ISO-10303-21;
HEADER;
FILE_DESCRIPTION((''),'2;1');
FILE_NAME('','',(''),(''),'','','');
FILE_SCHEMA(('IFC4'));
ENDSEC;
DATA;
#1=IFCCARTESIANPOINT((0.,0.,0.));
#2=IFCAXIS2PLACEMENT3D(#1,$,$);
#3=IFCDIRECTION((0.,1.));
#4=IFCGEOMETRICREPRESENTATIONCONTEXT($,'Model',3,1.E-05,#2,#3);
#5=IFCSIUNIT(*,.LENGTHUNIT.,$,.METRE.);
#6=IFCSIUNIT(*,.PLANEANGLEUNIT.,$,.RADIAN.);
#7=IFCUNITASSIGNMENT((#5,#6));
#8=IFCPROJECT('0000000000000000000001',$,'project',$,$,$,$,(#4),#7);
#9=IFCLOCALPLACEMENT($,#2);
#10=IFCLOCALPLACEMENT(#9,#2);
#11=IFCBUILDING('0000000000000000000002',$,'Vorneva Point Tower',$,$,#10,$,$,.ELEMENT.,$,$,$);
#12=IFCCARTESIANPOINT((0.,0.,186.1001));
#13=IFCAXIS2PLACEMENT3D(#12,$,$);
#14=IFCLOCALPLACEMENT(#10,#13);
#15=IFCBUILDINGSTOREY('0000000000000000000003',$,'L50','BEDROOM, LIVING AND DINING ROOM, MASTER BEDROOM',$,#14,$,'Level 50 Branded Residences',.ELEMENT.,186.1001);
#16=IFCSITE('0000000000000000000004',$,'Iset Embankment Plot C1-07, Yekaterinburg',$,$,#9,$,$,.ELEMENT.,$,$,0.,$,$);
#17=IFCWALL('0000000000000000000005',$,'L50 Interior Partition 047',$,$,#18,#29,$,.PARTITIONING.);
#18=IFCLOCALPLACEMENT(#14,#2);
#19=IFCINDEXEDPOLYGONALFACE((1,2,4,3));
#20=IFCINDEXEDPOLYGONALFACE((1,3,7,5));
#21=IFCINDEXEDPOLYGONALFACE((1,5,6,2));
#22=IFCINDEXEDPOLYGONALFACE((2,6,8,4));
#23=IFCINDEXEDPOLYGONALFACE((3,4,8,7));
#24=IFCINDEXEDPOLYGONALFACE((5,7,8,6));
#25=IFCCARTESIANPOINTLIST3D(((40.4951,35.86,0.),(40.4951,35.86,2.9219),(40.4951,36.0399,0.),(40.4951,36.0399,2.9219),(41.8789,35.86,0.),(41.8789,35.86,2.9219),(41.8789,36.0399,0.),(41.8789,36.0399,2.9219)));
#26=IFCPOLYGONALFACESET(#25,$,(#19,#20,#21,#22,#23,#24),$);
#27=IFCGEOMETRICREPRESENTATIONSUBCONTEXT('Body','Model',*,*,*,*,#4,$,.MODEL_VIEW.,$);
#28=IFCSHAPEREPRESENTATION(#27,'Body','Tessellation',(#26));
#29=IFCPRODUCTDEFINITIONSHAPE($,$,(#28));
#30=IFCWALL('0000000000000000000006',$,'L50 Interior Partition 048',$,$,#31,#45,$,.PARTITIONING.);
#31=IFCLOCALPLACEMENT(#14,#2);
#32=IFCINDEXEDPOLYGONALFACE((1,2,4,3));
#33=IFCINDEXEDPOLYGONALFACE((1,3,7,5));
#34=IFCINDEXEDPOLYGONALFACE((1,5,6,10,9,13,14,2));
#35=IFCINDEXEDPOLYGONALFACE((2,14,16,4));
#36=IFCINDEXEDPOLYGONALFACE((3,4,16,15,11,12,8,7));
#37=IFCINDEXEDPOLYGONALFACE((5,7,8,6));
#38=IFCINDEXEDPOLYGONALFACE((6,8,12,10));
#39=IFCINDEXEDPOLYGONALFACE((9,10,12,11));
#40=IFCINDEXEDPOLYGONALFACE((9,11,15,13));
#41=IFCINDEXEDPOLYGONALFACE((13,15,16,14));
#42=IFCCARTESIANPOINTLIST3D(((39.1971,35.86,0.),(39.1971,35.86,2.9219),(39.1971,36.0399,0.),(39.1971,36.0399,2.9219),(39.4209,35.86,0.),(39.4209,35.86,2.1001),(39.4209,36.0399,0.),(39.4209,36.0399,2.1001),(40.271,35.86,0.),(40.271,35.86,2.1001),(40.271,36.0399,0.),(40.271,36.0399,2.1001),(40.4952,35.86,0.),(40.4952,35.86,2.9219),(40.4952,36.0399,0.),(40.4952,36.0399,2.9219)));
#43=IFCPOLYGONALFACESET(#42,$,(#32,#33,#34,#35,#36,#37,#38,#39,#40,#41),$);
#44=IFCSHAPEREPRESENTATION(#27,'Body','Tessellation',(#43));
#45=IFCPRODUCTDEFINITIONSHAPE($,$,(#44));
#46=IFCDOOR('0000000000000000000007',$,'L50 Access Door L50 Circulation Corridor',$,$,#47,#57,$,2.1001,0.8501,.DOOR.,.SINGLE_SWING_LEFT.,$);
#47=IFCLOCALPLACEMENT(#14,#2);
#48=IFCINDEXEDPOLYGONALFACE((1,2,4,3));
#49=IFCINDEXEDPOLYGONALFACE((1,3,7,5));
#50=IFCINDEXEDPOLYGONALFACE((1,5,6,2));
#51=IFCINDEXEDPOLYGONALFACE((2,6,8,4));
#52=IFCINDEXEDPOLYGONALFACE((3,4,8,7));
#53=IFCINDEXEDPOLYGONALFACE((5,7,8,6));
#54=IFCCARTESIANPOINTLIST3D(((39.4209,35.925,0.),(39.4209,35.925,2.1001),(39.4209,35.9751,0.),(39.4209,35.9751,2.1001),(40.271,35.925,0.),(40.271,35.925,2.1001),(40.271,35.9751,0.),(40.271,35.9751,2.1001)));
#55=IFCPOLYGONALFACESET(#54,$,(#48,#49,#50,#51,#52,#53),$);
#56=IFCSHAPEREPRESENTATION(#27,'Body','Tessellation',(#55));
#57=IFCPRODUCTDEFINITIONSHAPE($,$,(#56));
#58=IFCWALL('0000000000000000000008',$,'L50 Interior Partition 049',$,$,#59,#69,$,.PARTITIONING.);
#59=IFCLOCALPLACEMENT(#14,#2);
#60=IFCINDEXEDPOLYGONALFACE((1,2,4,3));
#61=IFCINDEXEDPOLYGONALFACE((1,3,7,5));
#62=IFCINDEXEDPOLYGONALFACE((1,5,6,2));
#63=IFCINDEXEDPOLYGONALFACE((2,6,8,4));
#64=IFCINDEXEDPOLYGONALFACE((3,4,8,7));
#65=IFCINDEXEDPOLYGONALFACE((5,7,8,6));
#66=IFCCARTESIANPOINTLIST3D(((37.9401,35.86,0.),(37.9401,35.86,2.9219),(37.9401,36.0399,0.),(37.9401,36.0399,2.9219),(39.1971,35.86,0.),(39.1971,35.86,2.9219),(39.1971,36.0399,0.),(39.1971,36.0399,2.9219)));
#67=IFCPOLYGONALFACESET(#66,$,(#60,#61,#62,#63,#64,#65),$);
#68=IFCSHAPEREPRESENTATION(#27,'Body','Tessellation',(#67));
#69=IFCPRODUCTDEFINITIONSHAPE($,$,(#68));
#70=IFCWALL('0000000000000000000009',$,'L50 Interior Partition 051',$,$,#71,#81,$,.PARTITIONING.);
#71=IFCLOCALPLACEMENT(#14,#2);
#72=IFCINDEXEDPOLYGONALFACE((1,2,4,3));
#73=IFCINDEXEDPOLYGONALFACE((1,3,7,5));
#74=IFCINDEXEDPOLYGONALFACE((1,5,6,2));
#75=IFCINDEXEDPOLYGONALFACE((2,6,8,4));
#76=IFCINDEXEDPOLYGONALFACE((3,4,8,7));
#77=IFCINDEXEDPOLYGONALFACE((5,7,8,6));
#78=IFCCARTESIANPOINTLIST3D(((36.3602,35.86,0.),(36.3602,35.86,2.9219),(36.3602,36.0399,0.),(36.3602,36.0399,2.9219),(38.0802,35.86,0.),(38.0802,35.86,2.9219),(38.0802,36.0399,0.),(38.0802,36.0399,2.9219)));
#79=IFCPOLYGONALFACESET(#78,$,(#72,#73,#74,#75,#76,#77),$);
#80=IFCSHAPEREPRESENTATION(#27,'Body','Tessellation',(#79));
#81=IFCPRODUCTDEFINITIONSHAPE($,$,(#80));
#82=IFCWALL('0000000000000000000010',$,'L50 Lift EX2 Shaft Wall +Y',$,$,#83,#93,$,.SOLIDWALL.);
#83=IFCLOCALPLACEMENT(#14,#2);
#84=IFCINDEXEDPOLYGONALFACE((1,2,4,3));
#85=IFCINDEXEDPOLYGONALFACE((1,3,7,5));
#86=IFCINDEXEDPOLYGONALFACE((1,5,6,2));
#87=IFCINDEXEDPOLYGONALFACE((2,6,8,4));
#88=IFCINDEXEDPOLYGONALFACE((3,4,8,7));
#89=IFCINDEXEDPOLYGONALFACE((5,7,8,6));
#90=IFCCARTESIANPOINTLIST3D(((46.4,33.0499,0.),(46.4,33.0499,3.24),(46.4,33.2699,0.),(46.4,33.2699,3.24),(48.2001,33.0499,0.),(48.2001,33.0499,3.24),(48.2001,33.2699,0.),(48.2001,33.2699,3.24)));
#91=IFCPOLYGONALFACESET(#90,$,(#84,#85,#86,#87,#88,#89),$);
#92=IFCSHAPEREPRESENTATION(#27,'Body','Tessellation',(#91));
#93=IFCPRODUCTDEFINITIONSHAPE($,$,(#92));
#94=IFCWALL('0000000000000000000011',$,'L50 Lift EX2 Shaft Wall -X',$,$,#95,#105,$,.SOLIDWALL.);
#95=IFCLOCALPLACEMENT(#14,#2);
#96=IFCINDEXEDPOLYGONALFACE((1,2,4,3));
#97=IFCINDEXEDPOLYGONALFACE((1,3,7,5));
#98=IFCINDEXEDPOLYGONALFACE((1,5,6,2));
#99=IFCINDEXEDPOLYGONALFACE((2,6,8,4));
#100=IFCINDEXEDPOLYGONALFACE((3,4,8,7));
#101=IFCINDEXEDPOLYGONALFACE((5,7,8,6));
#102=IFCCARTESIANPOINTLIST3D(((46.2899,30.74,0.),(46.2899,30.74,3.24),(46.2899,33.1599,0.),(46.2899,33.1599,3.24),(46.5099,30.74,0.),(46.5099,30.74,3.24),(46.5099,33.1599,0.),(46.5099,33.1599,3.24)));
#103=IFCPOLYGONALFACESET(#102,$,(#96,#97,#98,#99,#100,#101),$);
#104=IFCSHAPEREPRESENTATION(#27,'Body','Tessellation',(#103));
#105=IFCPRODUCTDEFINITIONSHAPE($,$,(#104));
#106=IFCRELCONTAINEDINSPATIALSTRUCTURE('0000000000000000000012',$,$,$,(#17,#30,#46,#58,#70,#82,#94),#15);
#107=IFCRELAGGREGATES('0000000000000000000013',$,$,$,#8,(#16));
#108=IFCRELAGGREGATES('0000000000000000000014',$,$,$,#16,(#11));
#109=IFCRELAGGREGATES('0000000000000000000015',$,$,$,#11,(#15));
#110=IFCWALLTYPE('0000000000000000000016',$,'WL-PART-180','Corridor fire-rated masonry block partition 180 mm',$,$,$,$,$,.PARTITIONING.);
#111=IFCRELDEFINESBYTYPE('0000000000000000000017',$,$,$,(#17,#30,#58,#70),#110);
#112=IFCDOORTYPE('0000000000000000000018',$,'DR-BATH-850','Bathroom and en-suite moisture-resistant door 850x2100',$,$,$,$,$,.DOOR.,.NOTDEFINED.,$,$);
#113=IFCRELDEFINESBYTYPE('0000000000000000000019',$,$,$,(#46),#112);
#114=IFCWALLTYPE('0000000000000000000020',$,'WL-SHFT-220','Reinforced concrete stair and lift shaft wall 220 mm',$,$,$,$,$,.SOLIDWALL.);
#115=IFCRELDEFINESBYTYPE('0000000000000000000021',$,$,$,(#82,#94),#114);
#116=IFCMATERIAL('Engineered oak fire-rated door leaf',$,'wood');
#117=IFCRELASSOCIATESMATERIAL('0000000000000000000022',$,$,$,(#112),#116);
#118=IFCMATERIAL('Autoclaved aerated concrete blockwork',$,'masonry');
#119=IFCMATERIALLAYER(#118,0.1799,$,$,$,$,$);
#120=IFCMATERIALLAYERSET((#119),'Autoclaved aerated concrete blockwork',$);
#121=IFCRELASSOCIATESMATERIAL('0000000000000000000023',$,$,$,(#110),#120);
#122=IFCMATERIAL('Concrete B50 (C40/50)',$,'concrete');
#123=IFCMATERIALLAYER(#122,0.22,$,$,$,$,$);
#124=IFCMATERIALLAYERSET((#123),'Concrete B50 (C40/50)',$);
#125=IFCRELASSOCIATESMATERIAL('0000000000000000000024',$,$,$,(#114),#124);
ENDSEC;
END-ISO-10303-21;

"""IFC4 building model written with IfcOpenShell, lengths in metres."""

from ifc_helpers import new_model, si_unit, direction, frame, frame_2d, origin, place, context, subcontext, project, spatial, rectangle, extrude, material, layer, layer_set, type_object, element, fill, save


model = new_model("IFC4")

# Units and contexts
model_context = context("Model", 3, precision=1e-05, world=origin(), true_north=direction((0.0, 1.0)))
body_context = subcontext(model_context, "Body", "Model", "MODEL_VIEW")
ifc_project = project(units=[si_unit("LENGTHUNIT", "METRE"), si_unit("PLANEANGLEUNIT", "RADIAN")], contexts=[model_context])

# Site, building, storey
site_placement = place(None, origin())
site = spatial("IfcSite", under=ifc_project, at=site_placement, Name="Iset Embankment Plot C1-07, Yekaterinburg", CompositionType="ELEMENT", RefElevation=0.0)
building_placement = place(site_placement, origin())
building = spatial("IfcBuilding", under=site, at=building_placement, Name="Vorneva Point Tower", CompositionType="ELEMENT")
storey_placement = place(building_placement, frame((0.0, 0.0, 186.1001)))
storey = spatial("IfcBuildingStorey", under=building, at=storey_placement, Name="L50", Description="BEDROOM, LIVING AND DINING ROOM, MASTER BEDROOM", LongName="Level 50 Branded Residences", CompositionType="ELEMENT", Elevation=186.1001)

# Shared definitions
ifc_material_1 = material(Name="Engineered oak fire-rated door leaf", Category="wood")
door_type_1 = type_object("IfcDoorType", Name="DR-BATH-850", Description="Bathroom and en-suite moisture-resistant door 850x2100", OperationType="NOTDEFINED", PredefinedType="DOOR", material=ifc_material_1)

# Shared definitions
ifc_material_2 = material(Name="Autoclaved aerated concrete blockwork", Category="masonry")
ifc_layer_1 = layer(ifc_material_2, 0.1799)
ifc_layer_set_1 = layer_set([ifc_layer_1], Name="Autoclaved aerated concrete blockwork")
wall_type_1 = type_object("IfcWallType", Name="WL-PART-180", Description="Corridor fire-rated masonry block partition 180 mm", PredefinedType="PARTITIONING", material=ifc_layer_set_1)

# Wall
wall_1_placement = place(storey_placement, frame((41.8789, 35.95, 0.0), z_axis=(0.0, 0.0, 1.0), x_axis=(-1.0, 0.0, 0.0)))
element("IfcWall", 1, at=wall_1_placement, inside=storey, type_object=wall_type_1, Name="L50 Interior Partition 047", PredefinedType="PARTITIONING", context=body_context, shape_type="SweptSolid", body=[
    extrude(rectangle(XDim=1.3838, YDim=0.1799, at=frame_2d((0.6919, 0.0))), origin(), (0.0, 0.0, 1.0), 2.9219),
])

# Wall, opening, door
wall_2_placement = place(storey_placement, frame((40.4951, 35.95, 0.0), z_axis=(0.0, 0.0, 1.0), x_axis=(-1.0, 0.0, 0.0)))
wall_2 = element("IfcWall", 2, at=wall_2_placement, inside=storey, type_object=wall_type_1, Name="L50 Interior Partition 048", PredefinedType="PARTITIONING", context=body_context, shape_type="SweptSolid", body=[
    extrude(rectangle(XDim=1.2981, YDim=0.1799, at=frame_2d((0.6489, 0.0))), origin(), (0.0, 0.0, 1.0), 2.9219),
])
opening_1_placement = place(wall_2_placement, frame((0.2241, 0.0, 0.0)))
opening_1 = element("IfcOpeningElement", 3, at=opening_1_placement, cuts=wall_2, PredefinedType="OPENING", context=body_context, shape_type="SweptSolid", body=[
    extrude(rectangle(XDim=0.8501, YDim=2.1001, at=frame_2d((0.425, 1.05))), frame((0.0, 0.105, 0.0), z_axis=(0.0, -1.0, 0.0), x_axis=(1.0, 0.0, 0.0)), (0.0, 0.0, 1.0), 0.2097),
])
door_1_placement = place(opening_1_placement, origin())
door_1 = element("IfcDoor", 4, at=door_1_placement, inside=storey, type_object=door_type_1, Name="L50 Access Door L50 Circulation Corridor", OperationType="SINGLE_SWING_LEFT", OverallHeight=2.1001, OverallWidth=0.8501, PredefinedType="DOOR", context=body_context, shape_type="SweptSolid", body=[
    extrude(rectangle(XDim=0.8501, YDim=2.1001, at=frame_2d((0.425, 1.05))), frame((0.0, 0.0249, 0.0), z_axis=(0.0, -1.0, 0.0), x_axis=(1.0, 0.0, 0.0)), (0.0, 0.0, 1.0), 0.05),
])
fill(opening_1, door_1)

# Walls
wall_3_placement = place(storey_placement, frame((39.197, 35.95, 0.0), z_axis=(0.0, 0.0, 1.0), x_axis=(-1.0, 0.0, 0.0)))
element("IfcWall", 5, at=wall_3_placement, inside=storey, type_object=wall_type_1, Name="L50 Interior Partition 049", PredefinedType="PARTITIONING", context=body_context, shape_type="SweptSolid", body=[
    extrude(rectangle(XDim=1.2571, YDim=0.1799, at=frame_2d((0.6284, 0.0))), origin(), (0.0, 0.0, 1.0), 2.9219),
])
wall_4_placement = place(storey_placement, frame((38.0801, 35.95, 0.0), z_axis=(0.0, 0.0, 1.0), x_axis=(-1.0, 0.0, 0.0)))
element("IfcWall", 6, at=wall_4_placement, inside=storey, type_object=wall_type_1, Name="L50 Interior Partition 051", PredefinedType="PARTITIONING", context=body_context, shape_type="SweptSolid", body=[
    extrude(rectangle(XDim=1.72, YDim=0.1799, at=frame_2d((0.8599, 0.0))), origin(), (0.0, 0.0, 1.0), 2.9219),
])
ifc_material_3 = material(Name="Concrete B50 (C40/50)", Category="concrete")
ifc_layer_2 = layer(ifc_material_3, 0.22)
ifc_layer_set_2 = layer_set([ifc_layer_2], Name="Concrete B50 (C40/50)")
wall_type_2 = type_object("IfcWallType", Name="WL-SHFT-220", Description="Reinforced concrete stair and lift shaft wall 220 mm", PredefinedType="SOLIDWALL", material=ifc_layer_set_2)
wall_5_placement = place(storey_placement, frame((48.2, 33.1599, 0.0), z_axis=(0.0, 0.0, 1.0), x_axis=(-1.0, 0.0, 0.0)))
element("IfcWall", 7, at=wall_5_placement, inside=storey, type_object=wall_type_2, Name="L50 Lift EX2 Shaft Wall +Y", PredefinedType="SOLIDWALL", context=body_context, shape_type="SweptSolid", body=[
    extrude(rectangle(XDim=1.8, YDim=0.22, at=frame_2d((0.8999, 0.0))), origin(), (0.0, 0.0, 1.0), 3.24),
])
wall_6_placement = place(storey_placement, frame((46.3999, 33.1599, 0.0), z_axis=(0.0, 0.0, 1.0), x_axis=(0.0, -1.0, 0.0)))
element("IfcWall", 8, at=wall_6_placement, inside=storey, type_object=wall_type_2, Name="L50 Lift EX2 Shaft Wall -X", PredefinedType="SOLIDWALL", context=body_context, shape_type="SweptSolid", body=[
    extrude(rectangle(XDim=2.4199, YDim=0.22, at=frame_2d((1.21, 0.0))), origin(), (0.0, 0.0, 1.0), 3.24),
])

save(model, "model.ifc")
